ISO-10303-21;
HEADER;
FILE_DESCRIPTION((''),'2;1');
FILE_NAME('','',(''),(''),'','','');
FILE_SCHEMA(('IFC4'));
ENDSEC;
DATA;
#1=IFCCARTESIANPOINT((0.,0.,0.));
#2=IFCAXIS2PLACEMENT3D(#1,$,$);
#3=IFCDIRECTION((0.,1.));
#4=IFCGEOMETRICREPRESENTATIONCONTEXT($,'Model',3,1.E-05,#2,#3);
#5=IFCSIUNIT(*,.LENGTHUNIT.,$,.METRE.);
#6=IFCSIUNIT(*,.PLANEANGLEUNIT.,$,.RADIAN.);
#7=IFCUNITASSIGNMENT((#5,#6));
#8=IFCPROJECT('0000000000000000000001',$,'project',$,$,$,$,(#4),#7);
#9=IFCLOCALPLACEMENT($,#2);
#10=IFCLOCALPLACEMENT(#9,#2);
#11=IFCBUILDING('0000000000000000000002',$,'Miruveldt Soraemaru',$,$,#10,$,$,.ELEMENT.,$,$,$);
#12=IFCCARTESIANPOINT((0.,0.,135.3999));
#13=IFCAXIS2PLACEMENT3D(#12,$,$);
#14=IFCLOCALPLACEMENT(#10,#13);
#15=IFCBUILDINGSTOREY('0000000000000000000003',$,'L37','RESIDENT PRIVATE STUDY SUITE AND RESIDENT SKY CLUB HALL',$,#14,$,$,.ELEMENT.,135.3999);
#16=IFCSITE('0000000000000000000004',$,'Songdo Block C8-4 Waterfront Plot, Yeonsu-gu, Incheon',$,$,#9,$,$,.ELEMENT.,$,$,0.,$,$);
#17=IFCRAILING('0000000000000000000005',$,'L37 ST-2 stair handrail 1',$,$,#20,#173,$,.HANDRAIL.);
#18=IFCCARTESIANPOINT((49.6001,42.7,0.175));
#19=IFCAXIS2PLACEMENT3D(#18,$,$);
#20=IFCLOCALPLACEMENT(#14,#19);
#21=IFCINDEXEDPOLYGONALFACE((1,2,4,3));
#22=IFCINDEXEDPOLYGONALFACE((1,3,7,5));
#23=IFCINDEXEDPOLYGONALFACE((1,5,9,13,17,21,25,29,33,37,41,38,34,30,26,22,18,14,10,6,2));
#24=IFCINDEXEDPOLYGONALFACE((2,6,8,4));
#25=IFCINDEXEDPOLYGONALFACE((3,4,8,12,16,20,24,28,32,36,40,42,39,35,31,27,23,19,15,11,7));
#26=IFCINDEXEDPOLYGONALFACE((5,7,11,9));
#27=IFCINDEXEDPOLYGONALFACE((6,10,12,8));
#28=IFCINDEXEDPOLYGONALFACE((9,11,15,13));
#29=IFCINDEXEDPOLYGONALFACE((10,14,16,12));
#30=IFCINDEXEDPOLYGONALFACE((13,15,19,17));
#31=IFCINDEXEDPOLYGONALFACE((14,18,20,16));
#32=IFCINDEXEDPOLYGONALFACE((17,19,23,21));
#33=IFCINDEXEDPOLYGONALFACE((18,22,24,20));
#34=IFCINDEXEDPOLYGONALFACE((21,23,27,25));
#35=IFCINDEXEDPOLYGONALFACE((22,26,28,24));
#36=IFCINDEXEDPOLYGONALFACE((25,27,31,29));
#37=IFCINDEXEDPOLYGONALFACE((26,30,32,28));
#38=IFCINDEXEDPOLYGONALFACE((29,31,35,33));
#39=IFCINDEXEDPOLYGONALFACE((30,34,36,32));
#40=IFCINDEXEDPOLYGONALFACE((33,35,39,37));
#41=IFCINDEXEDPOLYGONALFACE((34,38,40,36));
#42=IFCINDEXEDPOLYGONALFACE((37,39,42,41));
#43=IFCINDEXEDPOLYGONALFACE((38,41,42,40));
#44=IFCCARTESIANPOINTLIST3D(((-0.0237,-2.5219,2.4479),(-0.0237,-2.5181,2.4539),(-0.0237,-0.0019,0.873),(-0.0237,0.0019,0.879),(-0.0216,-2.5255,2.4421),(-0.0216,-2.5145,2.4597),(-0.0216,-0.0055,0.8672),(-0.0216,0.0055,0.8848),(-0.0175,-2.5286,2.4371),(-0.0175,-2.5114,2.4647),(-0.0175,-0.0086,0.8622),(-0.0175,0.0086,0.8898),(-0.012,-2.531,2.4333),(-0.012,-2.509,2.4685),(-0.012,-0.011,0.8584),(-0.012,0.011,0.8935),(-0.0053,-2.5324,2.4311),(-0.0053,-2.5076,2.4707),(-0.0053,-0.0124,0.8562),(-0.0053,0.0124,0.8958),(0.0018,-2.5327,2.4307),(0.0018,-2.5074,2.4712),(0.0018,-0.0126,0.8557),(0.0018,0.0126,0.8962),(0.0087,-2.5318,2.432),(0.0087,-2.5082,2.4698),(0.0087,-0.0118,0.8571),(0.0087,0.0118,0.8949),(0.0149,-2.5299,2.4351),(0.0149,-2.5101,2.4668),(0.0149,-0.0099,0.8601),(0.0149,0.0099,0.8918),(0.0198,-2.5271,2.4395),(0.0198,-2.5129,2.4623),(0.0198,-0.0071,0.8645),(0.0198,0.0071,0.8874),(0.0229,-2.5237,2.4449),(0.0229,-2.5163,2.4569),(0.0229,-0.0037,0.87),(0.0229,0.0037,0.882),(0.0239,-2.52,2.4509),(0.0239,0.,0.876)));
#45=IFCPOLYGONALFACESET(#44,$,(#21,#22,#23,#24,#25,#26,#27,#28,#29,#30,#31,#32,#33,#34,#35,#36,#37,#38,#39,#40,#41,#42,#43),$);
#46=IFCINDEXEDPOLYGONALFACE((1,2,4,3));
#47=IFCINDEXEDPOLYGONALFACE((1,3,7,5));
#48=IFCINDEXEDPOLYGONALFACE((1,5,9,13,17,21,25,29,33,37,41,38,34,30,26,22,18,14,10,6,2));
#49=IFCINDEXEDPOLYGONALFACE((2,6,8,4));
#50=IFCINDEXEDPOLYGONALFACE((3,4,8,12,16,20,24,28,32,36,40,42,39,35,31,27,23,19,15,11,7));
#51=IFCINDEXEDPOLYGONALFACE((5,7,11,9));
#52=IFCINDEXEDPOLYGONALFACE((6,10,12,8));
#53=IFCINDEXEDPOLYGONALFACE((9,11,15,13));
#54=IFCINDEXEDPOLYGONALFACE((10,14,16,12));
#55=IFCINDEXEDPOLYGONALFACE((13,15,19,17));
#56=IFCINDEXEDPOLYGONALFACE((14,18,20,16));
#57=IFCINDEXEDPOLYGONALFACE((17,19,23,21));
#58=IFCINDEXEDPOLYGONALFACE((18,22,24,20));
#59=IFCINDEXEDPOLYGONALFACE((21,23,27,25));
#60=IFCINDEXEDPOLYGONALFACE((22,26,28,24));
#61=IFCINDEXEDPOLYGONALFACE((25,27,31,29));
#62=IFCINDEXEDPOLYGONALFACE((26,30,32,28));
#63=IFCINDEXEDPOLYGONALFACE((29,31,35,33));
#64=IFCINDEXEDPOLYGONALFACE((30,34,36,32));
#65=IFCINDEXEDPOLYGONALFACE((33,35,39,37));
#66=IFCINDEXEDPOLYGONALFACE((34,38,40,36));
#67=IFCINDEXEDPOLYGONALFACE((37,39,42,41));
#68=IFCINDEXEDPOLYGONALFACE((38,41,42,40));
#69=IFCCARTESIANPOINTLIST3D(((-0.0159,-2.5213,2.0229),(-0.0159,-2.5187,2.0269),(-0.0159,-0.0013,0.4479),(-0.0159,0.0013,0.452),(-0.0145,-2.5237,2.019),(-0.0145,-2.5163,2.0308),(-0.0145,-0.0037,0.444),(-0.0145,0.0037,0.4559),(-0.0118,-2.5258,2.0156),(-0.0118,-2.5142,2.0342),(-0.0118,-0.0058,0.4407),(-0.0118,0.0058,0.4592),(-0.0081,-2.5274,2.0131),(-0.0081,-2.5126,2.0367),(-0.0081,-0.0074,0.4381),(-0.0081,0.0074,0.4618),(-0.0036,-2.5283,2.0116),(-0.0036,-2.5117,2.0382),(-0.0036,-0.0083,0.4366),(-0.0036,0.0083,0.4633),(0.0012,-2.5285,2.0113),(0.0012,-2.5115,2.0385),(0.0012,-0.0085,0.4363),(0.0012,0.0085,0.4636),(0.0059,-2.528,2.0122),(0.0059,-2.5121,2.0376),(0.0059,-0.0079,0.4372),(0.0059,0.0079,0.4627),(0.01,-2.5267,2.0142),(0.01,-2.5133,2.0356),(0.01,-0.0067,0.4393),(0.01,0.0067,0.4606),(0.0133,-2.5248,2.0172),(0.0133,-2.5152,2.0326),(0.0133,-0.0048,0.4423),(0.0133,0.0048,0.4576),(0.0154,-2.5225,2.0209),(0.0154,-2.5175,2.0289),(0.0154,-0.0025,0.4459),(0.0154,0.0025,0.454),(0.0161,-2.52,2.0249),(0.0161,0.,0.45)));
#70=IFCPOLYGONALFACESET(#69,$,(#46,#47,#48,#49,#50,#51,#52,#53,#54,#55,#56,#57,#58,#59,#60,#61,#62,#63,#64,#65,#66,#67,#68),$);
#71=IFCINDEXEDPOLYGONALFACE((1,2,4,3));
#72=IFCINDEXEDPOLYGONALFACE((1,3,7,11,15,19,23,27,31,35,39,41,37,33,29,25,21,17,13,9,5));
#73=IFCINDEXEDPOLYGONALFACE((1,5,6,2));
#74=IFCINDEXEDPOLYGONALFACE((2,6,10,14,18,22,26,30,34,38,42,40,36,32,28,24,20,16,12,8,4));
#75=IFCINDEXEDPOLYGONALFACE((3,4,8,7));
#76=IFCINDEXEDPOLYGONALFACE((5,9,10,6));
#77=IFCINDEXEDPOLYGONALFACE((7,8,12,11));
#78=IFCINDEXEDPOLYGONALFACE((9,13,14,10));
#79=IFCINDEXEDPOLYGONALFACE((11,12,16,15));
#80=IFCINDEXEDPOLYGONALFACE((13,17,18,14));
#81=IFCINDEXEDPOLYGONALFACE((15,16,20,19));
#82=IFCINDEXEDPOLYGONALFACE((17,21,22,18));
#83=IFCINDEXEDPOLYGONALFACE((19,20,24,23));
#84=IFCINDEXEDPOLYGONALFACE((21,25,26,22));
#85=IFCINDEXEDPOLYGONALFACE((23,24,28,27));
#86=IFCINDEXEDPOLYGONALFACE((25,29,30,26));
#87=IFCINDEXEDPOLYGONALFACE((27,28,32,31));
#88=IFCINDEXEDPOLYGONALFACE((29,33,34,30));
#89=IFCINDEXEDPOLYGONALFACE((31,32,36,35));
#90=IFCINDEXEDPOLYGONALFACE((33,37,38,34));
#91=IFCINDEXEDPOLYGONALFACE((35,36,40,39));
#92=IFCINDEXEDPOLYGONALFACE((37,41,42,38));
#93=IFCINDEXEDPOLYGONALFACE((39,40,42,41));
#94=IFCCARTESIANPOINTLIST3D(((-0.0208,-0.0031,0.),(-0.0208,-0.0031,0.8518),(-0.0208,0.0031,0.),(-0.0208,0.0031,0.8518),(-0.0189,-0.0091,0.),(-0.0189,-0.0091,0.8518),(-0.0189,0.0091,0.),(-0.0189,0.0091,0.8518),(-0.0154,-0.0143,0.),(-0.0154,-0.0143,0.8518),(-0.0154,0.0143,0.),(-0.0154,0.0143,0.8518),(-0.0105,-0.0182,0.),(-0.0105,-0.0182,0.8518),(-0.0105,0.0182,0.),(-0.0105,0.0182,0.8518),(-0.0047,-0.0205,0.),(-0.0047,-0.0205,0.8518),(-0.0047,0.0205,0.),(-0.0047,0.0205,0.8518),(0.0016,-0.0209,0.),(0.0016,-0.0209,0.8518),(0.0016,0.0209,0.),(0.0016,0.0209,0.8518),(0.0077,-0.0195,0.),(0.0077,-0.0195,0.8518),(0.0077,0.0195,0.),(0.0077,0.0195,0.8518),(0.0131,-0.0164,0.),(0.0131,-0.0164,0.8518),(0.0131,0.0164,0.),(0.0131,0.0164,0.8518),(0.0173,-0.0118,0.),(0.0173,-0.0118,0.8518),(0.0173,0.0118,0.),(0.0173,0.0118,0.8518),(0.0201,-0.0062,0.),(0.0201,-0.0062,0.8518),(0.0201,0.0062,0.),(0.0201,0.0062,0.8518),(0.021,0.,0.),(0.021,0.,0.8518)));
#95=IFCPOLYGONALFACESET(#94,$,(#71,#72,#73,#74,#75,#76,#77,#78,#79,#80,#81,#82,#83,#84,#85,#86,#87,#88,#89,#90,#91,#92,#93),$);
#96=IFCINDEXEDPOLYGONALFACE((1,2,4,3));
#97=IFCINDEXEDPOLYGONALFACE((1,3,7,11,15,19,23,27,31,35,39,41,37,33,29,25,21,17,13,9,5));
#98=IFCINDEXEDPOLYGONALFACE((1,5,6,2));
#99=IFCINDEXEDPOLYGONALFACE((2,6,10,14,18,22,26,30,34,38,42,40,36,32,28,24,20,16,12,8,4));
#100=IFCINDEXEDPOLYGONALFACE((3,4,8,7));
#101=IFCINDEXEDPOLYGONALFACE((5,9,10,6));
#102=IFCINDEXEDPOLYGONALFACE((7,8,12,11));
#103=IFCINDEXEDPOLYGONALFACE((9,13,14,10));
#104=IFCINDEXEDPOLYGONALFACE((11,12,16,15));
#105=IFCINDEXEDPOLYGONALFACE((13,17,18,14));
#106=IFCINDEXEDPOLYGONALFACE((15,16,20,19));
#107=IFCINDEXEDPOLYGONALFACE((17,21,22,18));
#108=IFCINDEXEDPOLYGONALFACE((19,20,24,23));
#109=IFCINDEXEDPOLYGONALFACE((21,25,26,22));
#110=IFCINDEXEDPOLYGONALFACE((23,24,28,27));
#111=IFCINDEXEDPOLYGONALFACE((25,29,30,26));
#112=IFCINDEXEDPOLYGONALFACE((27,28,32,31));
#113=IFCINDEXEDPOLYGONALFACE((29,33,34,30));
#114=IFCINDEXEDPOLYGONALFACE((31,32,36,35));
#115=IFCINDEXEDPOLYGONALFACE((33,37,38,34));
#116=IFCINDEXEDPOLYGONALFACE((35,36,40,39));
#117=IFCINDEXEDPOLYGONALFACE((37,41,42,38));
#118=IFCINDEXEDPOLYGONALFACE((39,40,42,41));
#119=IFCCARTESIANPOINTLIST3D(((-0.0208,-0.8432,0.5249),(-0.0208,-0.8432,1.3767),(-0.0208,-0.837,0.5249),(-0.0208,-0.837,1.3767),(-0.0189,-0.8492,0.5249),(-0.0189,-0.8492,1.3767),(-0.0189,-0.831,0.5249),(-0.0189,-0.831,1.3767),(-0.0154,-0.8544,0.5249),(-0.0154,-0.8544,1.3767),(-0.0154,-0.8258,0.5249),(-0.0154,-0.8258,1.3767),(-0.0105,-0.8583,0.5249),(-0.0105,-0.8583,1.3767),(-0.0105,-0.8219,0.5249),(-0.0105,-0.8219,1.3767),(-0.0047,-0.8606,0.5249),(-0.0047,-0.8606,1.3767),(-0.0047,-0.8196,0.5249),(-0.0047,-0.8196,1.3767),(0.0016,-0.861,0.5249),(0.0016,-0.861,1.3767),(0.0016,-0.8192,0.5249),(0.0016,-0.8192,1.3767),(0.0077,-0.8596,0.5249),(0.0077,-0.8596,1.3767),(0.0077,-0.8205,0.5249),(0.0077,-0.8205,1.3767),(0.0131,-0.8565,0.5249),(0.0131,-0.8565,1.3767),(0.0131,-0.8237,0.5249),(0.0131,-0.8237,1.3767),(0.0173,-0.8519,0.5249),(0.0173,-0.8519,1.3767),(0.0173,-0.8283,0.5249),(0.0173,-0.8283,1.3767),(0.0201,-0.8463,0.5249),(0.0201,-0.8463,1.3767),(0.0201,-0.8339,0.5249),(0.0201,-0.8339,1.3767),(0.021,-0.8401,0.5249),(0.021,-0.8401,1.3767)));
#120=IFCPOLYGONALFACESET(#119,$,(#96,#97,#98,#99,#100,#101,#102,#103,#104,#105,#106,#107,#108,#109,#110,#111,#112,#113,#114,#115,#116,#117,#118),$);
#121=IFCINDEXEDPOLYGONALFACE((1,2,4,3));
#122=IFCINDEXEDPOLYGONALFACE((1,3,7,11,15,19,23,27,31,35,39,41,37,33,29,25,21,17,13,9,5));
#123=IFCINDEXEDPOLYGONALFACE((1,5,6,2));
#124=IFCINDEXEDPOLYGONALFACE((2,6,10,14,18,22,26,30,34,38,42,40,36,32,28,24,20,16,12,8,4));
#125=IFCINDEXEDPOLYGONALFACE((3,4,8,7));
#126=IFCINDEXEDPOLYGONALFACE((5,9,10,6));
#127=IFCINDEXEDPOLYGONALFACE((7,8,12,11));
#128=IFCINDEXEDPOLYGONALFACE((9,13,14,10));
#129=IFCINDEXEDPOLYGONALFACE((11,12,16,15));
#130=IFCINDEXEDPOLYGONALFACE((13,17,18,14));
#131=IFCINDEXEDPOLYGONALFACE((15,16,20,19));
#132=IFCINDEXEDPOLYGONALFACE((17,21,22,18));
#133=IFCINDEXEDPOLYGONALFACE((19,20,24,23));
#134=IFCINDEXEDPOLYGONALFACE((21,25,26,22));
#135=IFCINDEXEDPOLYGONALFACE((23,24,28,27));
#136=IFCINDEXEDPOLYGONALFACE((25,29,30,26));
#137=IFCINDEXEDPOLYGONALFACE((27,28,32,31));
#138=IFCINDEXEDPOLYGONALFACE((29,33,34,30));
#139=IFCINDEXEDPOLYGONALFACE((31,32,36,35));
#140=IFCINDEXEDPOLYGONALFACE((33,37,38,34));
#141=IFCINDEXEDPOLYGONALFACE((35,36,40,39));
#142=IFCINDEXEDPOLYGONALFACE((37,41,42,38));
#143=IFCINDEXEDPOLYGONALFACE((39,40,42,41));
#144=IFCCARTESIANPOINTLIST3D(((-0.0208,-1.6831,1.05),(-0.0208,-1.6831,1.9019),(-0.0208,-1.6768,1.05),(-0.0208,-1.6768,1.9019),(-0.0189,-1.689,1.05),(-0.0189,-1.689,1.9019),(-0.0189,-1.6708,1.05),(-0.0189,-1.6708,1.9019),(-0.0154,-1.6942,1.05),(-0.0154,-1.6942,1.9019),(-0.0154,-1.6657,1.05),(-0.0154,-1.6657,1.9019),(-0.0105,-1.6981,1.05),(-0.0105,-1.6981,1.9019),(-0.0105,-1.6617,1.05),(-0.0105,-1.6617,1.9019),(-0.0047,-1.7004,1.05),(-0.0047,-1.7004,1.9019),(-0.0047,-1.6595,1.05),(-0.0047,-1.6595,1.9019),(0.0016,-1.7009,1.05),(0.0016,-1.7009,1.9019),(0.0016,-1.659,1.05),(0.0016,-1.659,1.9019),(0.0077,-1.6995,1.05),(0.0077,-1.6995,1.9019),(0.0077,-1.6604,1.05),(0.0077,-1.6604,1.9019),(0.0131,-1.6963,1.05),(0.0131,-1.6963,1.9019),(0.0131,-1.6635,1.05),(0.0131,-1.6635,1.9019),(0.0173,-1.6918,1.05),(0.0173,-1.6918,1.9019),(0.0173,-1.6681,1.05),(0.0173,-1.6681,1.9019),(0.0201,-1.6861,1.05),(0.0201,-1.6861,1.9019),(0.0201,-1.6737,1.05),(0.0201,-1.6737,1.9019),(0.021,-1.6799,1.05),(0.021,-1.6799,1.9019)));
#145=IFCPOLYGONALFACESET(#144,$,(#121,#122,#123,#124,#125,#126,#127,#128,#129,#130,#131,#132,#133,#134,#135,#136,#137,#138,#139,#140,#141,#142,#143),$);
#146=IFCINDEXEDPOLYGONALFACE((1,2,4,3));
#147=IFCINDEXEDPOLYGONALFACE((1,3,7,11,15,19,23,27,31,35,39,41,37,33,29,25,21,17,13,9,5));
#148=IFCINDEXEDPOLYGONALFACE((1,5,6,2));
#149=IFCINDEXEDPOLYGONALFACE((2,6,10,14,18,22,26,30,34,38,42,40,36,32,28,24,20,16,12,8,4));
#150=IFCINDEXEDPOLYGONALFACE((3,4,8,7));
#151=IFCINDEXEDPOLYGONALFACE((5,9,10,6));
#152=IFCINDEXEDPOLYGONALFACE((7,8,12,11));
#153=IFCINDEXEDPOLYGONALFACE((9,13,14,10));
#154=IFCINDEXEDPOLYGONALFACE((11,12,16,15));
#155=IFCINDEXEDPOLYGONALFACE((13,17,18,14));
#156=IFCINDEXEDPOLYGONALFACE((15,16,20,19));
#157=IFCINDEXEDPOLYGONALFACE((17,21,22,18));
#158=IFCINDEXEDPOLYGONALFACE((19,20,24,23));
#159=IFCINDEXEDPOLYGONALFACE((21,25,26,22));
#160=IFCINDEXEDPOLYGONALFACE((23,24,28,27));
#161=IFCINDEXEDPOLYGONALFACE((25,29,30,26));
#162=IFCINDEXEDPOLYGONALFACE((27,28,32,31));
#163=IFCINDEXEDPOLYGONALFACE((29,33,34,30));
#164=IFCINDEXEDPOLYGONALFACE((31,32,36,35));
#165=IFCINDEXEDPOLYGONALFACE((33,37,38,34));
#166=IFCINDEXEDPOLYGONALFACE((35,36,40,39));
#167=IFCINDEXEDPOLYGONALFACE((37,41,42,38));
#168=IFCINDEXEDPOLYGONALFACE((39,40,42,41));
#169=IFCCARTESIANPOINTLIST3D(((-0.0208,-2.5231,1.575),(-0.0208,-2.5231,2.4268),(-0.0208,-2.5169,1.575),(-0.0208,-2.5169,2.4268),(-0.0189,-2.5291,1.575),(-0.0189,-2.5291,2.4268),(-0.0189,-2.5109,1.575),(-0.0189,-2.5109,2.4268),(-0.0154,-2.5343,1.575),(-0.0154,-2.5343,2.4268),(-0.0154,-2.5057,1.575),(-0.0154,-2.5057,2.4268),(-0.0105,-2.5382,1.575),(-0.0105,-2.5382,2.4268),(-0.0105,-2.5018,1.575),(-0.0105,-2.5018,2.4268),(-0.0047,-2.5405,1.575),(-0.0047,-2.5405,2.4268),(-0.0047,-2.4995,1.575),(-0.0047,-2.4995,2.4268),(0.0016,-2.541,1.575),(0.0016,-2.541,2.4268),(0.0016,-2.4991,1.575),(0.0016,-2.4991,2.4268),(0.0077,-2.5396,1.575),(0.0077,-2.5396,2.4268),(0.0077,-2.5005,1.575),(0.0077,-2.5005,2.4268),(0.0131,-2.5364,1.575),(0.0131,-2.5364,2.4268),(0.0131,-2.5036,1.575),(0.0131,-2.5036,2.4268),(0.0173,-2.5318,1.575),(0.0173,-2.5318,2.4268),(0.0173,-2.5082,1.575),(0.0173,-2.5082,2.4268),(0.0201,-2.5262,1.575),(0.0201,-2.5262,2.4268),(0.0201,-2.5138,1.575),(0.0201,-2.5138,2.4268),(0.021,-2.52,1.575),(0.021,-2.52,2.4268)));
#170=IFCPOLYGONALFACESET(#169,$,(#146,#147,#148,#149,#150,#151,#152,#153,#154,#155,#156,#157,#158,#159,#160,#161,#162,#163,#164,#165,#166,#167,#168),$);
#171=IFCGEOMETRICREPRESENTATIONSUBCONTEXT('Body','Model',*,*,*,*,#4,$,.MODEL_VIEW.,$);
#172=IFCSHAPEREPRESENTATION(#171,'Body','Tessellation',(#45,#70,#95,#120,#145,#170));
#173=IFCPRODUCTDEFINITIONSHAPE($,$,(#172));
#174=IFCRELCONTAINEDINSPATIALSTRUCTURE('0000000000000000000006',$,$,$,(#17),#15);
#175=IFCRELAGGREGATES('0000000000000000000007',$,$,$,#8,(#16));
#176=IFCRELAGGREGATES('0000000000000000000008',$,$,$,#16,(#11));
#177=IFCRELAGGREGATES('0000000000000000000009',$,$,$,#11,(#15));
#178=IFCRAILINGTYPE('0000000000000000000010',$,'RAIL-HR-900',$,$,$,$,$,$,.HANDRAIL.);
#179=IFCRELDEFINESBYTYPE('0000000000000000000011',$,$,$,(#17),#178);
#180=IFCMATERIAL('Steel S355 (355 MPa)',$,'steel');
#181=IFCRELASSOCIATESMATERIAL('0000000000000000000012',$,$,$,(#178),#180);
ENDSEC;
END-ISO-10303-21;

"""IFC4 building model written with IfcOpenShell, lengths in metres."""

from ifc_helpers import new_model, si_unit, direction, frame, origin, origin_2d, place, context, subcontext, project, spatial, circle, extrude, material, type_object, element, save


model = new_model("IFC4")

# Units and contexts
model_context = context("Model", 3, precision=1e-05, world=origin(), true_north=direction((0.0, 1.0)))
body_context = subcontext(model_context, "Body", "Model", "MODEL_VIEW")
ifc_project = project(units=[si_unit("LENGTHUNIT", "METRE"), si_unit("PLANEANGLEUNIT", "RADIAN")], contexts=[model_context])

# Site, building, storey
site_placement = place(None, origin())
site = spatial("IfcSite", under=ifc_project, at=site_placement, Name="Songdo Block C8-4 Waterfront Plot, Yeonsu-gu, Incheon", CompositionType="ELEMENT", RefElevation=0.0)
building_placement = place(site_placement, origin())
building = spatial("IfcBuilding", under=site, at=building_placement, Name="Miruveldt Soraemaru", CompositionType="ELEMENT")
storey_placement = place(building_placement, frame((0.0, 0.0, 135.3999)))
storey = spatial("IfcBuildingStorey", under=building, at=storey_placement, Name="L37", Description="RESIDENT PRIVATE STUDY SUITE AND RESIDENT SKY CLUB HALL", CompositionType="ELEMENT", Elevation=135.3999)

# Railing
ifc_material_1 = material(Name="Steel S355 (355 MPa)", Category="steel")
railing_type_1 = type_object("IfcRailingType", Name="RAIL-HR-900", PredefinedType="HANDRAIL", material=ifc_material_1)
railing_1_placement = place(storey_placement, frame((49.6001, 42.7, 0.175)))
element("IfcRailing", 1, at=railing_1_placement, inside=storey, type_object=railing_type_1, Name="L37 ST-2 stair handrail 1", PredefinedType="HANDRAIL", context=body_context, shape_type="SweptSolid", body=[
    extrude(circle(Radius=0.0239, at=origin_2d()), frame((0.0, 0.0, 0.876), z_axis=(0.0, -0.848008, 0.529984), x_axis=(1.0, 0.0, 0.0)), (0.0, 0.0, 1.0), 2.9717),
    extrude(circle(Radius=0.0161, at=origin_2d()), frame((0.0, 0.0, 0.45), z_axis=(0.0, -0.848008, 0.529984), x_axis=(1.0, 0.0, 0.0)), (0.0, 0.0, 1.0), 2.9717),
    extrude(circle(Radius=0.021, at=origin_2d()), origin(), (0.0, 0.0, 1.0), 0.8518),
    extrude(circle(Radius=0.021, at=origin_2d()), frame((0.0, -0.8401, 0.5249)), (0.0, 0.0, 1.0), 0.8518),
    extrude(circle(Radius=0.021, at=origin_2d()), frame((0.0, -1.6799, 1.05)), (0.0, 0.0, 1.0), 0.8518),
    extrude(circle(Radius=0.021, at=origin_2d()), frame((0.0, -2.52, 1.575)), (0.0, 0.0, 1.0), 0.8518),
])

save(model, "model.ifc")
